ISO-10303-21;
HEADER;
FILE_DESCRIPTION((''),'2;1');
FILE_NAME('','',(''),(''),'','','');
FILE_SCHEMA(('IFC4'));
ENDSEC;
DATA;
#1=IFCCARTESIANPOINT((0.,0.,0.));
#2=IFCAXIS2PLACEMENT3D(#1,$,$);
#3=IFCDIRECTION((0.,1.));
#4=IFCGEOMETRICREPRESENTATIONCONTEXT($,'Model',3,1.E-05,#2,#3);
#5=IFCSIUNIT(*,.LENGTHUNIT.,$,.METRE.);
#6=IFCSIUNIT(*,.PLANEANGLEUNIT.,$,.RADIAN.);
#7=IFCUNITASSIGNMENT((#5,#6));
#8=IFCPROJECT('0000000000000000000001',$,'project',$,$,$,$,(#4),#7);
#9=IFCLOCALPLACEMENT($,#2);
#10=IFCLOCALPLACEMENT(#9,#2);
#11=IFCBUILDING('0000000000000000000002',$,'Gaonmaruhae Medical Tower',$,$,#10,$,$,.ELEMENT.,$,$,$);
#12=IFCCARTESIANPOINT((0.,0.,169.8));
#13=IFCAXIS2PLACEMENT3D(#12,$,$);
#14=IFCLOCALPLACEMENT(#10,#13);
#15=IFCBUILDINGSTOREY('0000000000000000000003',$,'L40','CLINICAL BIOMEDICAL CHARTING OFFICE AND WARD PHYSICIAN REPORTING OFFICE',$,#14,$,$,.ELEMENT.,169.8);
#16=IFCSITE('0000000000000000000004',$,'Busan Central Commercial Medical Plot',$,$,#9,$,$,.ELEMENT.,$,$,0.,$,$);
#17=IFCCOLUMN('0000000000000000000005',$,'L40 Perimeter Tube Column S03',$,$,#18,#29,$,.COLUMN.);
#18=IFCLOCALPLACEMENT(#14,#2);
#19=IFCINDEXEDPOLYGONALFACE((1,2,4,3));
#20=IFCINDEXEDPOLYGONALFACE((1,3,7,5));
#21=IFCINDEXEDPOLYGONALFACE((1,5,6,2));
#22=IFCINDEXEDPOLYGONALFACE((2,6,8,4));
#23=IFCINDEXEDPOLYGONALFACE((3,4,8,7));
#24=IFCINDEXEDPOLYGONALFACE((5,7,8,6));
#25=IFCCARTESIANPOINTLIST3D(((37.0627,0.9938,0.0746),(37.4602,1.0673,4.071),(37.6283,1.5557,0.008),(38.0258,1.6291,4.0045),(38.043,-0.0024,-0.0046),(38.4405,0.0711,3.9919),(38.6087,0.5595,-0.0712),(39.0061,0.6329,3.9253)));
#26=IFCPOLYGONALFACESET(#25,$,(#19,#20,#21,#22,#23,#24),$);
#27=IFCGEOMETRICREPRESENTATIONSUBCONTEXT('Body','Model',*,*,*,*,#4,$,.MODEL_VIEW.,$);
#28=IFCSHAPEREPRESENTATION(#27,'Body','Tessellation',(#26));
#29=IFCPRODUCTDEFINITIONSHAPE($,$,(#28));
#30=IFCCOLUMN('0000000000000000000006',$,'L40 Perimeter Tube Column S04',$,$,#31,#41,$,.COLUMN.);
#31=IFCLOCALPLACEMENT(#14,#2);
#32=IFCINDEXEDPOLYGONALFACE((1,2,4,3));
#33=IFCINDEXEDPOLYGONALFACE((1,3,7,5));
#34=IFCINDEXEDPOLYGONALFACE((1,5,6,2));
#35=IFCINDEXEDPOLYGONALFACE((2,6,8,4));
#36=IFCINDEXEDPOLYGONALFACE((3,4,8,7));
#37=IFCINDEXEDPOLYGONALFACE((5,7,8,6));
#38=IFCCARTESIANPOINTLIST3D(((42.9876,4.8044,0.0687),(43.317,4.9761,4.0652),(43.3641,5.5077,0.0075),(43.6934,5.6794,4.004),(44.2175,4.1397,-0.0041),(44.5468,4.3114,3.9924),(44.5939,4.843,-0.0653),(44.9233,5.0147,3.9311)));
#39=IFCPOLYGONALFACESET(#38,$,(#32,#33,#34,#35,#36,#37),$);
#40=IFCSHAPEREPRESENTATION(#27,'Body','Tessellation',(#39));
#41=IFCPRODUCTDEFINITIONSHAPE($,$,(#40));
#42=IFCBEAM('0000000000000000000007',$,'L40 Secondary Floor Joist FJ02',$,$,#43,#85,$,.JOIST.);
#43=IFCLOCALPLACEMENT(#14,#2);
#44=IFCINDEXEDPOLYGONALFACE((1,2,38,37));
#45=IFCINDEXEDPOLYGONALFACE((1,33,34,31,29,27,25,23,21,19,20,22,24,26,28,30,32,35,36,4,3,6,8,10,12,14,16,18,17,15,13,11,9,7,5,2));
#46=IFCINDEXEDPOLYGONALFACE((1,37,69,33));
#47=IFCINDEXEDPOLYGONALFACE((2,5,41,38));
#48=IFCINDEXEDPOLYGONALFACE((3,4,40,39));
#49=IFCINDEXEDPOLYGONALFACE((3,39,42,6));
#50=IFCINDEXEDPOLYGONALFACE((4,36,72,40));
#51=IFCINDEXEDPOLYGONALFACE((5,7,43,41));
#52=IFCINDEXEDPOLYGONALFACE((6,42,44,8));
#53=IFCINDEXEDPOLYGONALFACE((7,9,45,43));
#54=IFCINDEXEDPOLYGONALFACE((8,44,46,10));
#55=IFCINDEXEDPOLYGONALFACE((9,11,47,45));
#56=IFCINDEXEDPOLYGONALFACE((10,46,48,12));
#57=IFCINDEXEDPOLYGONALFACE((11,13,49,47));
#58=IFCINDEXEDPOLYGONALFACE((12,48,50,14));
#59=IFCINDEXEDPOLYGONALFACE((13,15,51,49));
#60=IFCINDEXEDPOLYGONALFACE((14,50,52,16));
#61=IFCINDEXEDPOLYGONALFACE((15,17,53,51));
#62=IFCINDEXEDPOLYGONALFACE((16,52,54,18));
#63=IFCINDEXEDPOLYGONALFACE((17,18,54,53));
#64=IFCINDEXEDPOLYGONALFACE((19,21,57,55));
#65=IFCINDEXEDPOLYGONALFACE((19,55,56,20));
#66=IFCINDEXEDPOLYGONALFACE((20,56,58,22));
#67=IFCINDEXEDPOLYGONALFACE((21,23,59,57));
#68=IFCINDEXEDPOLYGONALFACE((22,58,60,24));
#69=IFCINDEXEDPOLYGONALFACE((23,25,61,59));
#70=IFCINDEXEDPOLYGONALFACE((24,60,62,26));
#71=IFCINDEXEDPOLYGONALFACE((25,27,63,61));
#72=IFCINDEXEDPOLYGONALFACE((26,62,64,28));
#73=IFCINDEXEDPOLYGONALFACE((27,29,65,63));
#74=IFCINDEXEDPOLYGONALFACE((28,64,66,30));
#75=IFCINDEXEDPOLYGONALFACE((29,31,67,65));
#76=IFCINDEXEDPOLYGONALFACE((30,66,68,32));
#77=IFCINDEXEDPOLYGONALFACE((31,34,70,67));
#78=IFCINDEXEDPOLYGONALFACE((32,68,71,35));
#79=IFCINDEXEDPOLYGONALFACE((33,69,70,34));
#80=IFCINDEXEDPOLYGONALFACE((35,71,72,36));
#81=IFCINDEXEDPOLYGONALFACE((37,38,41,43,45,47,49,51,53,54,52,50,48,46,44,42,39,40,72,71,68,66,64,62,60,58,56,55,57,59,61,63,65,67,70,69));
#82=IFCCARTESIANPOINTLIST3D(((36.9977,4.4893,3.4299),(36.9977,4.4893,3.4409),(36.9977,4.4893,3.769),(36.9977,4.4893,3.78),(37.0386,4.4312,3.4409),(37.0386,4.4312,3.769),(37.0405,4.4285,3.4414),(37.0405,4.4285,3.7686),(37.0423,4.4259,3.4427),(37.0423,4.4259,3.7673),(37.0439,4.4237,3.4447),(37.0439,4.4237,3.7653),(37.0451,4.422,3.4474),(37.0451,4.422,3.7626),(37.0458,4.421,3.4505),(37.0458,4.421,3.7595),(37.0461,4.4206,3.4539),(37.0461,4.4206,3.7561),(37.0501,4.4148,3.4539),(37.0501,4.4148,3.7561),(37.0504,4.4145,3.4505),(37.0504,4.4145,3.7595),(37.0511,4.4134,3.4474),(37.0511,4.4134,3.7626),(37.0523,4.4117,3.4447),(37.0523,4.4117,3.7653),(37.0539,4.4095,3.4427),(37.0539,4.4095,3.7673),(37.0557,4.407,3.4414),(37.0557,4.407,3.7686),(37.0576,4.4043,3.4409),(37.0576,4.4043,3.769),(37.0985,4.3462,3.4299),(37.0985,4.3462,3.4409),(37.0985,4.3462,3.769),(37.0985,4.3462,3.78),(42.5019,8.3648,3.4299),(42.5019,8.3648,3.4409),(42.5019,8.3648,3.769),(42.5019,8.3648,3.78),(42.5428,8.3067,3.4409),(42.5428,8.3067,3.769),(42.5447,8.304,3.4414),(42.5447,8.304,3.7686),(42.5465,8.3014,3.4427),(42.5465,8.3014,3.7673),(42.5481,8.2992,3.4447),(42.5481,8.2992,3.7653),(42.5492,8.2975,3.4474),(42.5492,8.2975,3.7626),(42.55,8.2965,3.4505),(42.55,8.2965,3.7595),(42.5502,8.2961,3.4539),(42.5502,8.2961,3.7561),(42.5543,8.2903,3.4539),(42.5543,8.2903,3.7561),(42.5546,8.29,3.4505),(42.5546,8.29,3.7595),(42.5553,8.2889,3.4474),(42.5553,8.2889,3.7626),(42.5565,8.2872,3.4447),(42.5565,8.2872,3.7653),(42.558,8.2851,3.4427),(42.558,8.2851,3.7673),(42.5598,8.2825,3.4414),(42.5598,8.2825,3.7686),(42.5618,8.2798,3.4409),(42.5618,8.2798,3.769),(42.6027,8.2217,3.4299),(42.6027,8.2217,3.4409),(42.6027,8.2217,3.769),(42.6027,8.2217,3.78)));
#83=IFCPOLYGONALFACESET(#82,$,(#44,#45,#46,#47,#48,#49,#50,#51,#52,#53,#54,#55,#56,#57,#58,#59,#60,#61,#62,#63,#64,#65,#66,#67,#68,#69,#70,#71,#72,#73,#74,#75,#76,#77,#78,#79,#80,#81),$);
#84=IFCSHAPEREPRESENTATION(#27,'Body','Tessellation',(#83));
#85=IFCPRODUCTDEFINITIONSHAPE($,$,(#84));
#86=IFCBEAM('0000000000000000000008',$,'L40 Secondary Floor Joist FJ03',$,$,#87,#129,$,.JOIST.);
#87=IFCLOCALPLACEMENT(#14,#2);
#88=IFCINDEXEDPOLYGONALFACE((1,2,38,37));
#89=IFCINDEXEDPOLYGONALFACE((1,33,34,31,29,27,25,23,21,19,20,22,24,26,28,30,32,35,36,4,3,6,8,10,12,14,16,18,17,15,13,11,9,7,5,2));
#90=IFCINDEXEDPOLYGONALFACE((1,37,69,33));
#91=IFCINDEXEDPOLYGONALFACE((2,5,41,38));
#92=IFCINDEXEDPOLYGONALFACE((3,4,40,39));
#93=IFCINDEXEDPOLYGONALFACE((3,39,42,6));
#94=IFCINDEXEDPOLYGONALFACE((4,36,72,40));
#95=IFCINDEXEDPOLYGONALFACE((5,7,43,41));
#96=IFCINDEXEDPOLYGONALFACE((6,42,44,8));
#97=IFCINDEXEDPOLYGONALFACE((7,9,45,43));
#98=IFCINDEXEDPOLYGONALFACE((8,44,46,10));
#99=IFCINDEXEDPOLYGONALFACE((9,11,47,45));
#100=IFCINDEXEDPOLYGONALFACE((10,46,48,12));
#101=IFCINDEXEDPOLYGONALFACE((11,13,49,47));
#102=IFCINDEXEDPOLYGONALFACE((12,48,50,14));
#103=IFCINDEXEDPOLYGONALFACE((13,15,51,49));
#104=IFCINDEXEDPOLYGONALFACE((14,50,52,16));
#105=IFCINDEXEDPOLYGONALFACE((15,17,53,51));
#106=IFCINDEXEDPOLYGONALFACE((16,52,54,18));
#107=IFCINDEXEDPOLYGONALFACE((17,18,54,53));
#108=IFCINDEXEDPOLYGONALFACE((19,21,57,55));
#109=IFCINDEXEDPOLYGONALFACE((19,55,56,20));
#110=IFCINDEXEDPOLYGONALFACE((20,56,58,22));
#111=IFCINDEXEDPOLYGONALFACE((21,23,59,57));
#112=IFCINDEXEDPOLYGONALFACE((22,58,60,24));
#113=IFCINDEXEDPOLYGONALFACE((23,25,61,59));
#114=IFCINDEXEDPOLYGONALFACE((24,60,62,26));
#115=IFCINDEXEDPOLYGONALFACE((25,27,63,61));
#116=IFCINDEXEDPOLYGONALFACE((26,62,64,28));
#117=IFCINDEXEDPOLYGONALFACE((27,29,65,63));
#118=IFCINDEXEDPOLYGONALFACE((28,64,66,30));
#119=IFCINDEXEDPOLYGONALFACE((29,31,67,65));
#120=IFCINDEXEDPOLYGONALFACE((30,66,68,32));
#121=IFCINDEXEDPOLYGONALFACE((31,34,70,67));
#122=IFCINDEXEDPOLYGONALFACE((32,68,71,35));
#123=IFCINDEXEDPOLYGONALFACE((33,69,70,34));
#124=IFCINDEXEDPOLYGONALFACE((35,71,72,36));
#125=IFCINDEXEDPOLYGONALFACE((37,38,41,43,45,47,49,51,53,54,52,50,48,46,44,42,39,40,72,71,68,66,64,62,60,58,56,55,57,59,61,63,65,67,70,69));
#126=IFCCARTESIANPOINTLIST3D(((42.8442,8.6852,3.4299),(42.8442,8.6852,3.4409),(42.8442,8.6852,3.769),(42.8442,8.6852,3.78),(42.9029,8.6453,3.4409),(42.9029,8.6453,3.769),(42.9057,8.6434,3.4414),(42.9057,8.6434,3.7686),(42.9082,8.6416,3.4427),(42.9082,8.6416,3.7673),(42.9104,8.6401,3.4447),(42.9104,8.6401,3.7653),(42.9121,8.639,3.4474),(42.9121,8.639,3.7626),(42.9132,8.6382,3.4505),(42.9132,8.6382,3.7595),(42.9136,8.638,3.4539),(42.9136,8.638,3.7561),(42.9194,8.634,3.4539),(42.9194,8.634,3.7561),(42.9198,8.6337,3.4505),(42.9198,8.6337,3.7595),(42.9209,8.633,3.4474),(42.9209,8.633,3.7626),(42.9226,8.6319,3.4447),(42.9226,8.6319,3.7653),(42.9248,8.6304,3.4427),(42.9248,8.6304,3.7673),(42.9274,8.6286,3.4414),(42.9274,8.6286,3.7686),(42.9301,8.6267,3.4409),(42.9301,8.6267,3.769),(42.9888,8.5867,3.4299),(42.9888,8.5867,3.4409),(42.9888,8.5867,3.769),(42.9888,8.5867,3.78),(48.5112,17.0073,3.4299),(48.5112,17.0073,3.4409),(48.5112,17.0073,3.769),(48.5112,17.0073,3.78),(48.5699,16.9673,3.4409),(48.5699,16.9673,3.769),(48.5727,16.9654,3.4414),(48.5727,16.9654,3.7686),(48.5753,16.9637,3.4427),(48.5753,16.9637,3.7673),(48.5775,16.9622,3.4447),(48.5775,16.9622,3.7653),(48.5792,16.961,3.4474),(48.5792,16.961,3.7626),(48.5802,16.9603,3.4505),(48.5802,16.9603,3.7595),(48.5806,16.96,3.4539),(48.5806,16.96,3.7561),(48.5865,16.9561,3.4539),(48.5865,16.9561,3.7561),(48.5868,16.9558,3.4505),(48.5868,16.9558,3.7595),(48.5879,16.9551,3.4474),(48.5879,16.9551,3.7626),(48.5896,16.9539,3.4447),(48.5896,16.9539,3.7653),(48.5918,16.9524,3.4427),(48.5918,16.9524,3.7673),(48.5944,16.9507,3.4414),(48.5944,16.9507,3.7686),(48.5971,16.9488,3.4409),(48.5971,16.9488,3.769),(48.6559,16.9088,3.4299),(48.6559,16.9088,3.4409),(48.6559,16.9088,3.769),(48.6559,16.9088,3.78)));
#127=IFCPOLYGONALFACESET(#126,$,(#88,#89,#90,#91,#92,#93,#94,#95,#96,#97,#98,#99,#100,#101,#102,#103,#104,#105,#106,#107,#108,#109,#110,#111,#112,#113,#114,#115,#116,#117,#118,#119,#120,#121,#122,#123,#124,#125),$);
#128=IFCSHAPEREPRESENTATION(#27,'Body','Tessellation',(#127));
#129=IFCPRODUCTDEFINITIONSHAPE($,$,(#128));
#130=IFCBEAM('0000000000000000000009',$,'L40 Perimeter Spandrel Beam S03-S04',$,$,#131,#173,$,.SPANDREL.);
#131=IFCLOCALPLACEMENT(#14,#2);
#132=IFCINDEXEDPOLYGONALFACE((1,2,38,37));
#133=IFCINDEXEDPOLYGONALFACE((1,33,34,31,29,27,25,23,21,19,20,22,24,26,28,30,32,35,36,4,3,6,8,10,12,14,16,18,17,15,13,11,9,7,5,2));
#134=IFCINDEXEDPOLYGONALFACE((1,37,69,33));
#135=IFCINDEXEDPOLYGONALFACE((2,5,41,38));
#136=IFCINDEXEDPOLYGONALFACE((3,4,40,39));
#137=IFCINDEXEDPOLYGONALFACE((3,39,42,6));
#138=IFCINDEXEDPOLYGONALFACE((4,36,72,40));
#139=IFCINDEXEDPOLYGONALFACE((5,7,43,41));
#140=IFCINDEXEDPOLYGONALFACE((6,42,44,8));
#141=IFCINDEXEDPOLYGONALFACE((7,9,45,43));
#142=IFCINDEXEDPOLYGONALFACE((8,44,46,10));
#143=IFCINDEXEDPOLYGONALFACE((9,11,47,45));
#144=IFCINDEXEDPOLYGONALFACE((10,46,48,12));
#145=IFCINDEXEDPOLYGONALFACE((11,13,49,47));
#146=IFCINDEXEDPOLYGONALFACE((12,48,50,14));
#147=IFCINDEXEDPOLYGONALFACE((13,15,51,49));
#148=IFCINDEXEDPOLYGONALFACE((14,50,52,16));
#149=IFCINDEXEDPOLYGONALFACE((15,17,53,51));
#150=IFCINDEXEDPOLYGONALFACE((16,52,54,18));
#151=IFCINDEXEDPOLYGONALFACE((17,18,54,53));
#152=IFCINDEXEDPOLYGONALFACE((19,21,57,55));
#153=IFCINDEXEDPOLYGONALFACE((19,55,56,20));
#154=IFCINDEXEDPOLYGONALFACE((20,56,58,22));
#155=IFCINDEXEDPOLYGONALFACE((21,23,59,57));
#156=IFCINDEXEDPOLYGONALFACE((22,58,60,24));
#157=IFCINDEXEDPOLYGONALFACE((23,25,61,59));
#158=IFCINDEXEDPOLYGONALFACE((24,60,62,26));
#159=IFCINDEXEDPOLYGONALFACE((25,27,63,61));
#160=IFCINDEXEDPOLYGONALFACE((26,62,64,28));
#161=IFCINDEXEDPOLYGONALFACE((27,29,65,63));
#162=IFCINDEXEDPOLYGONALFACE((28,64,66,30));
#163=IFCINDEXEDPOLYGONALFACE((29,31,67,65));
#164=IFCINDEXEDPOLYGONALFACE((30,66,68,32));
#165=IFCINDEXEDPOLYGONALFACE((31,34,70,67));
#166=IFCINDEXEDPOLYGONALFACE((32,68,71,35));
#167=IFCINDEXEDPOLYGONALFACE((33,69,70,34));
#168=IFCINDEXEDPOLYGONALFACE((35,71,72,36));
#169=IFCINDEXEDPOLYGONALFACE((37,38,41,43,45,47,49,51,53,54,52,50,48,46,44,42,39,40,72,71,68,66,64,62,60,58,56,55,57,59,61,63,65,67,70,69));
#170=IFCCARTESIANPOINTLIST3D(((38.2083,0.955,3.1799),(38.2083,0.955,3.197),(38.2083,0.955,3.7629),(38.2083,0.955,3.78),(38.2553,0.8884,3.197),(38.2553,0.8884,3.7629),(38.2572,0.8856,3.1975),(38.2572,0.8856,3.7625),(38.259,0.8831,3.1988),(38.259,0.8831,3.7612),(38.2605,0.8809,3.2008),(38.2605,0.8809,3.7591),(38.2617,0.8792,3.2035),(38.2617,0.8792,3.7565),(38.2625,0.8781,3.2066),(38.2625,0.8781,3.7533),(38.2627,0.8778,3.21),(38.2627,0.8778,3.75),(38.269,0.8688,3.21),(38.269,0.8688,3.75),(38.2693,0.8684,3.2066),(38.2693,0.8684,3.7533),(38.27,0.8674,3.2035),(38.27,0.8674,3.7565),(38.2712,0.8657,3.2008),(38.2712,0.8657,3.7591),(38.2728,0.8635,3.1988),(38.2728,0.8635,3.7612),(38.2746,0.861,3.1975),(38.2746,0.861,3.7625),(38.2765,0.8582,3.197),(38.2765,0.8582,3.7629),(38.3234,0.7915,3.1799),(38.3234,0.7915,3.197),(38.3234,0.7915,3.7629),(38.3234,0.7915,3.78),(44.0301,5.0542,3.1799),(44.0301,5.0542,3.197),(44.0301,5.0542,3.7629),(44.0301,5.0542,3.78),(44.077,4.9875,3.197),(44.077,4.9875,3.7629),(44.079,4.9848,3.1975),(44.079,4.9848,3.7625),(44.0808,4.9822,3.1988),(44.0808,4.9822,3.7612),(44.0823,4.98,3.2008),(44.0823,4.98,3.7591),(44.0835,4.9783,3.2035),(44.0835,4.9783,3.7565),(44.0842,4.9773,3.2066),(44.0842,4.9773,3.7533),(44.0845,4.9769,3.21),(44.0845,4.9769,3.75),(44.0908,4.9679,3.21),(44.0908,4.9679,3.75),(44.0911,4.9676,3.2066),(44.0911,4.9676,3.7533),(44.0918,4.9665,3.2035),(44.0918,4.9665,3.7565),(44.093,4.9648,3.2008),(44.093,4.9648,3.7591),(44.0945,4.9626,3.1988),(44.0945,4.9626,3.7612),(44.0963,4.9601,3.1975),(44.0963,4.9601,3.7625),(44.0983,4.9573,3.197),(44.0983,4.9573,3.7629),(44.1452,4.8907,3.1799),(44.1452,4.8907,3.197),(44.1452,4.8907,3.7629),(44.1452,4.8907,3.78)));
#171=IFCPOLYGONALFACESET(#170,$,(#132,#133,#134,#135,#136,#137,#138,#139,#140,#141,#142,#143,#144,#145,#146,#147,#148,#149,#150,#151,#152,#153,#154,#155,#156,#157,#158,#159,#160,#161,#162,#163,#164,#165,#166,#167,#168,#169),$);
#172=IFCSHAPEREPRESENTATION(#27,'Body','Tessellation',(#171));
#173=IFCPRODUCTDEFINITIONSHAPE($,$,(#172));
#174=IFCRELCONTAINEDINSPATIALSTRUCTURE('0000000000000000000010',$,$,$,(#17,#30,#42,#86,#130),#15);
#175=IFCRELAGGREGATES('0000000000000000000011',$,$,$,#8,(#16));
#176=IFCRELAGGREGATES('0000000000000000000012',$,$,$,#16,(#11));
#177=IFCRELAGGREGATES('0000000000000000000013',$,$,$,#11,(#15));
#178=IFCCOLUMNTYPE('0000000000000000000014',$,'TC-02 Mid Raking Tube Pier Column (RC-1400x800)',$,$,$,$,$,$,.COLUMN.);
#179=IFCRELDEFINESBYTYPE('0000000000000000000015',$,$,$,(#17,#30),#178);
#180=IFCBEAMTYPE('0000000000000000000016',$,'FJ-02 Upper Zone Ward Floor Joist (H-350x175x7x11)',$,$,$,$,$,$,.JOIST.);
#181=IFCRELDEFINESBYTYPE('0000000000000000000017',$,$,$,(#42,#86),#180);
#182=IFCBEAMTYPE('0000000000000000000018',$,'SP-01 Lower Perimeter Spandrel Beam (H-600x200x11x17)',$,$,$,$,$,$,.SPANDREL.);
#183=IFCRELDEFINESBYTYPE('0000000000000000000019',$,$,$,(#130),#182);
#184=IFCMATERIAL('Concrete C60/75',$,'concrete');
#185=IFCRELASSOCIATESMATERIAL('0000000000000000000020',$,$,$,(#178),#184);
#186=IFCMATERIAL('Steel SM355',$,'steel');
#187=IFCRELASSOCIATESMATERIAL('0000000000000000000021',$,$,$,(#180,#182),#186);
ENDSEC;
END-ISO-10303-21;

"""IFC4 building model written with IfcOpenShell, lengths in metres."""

from ifc_helpers import new_model, si_unit, direction, frame, origin, origin_2d, place, context, subcontext, project, spatial, rectangle, i_section, extrude, material, material_profile, profile_set, type_object, element, save


model = new_model("IFC4")

# Units and contexts
model_context = context("Model", 3, precision=1e-05, world=origin(), true_north=direction((0.0, 1.0)))
body_context = subcontext(model_context, "Body", "Model", "MODEL_VIEW")
ifc_project = project(units=[si_unit("LENGTHUNIT", "METRE"), si_unit("PLANEANGLEUNIT", "RADIAN")], contexts=[model_context])

# Site, building, storey
site_placement = place(None, origin())
site = spatial("IfcSite", under=ifc_project, at=site_placement, Name="Busan Central Commercial Medical Plot", CompositionType="ELEMENT", RefElevation=0.0)
building_placement = place(site_placement, origin())
building = spatial("IfcBuilding", under=site, at=building_placement, Name="Gaonmaruhae Medical Tower", CompositionType="ELEMENT")
storey_placement = place(building_placement, frame((0.0, 0.0, 169.8)))
storey = spatial("IfcBuildingStorey", under=building, at=storey_placement, Name="L40", Description="CLINICAL BIOMEDICAL CHARTING OFFICE AND WARD PHYSICIAN REPORTING OFFICE", CompositionType="ELEMENT", Elevation=169.8)

# Columns
ifc_material_1 = material(Name="Concrete C60/75", Category="concrete")
ifc_material_profile_1 = material_profile(ifc_material_1, rectangle(XDim=1.3999, YDim=0.8, at=origin_2d()), Name="RC-1400x800")
ifc_profile_set_1 = profile_set([ifc_material_profile_1], Name="Concrete C60/75")
column_type = type_object("IfcColumnType", Name="TC-02 Mid Raking Tube Pier Column (RC-1400x800)", PredefinedType="COLUMN", material=ifc_profile_set_1)
column_1_placement = place(storey_placement, frame((37.8357, 0.7766, 0.0017), z_axis=(0.098951, 0.018295, 0.994924), x_axis=(-0.70028, 0.711624, 0.056562)))
element("IfcColumn", 1, at=column_1_placement, inside=storey, type_object=column_type, Name="L40 Perimeter Tube Column S03", PredefinedType="COLUMN", context=body_context, shape_type="SweptSolid", body=[
    extrude(rectangle(XDim=1.3999, YDim=0.8, at=origin_2d()), origin(), (0.0, 0.0, 1.0), 4.0168),
])
column_2_placement = place(storey_placement, frame((43.7908, 4.8237, 0.0017), z_axis=(0.082058, 0.042763, 0.99571), x_axis=(-0.878547, 0.474815, 0.052011)))
element("IfcColumn", 2, at=column_2_placement, inside=storey, type_object=column_type, Name="L40 Perimeter Tube Column S04", PredefinedType="COLUMN", context=body_context, shape_type="SweptSolid", body=[
    extrude(rectangle(XDim=1.3999, YDim=0.8, at=origin_2d()), origin(), (0.0, 0.0, 1.0), 4.0137),
])

# Beams
ifc_material_2 = material(Name="Steel SM355", Category="steel")
ifc_material_profile_2 = material_profile(ifc_material_2, i_section(OverallWidth=0.175, OverallDepth=0.3501, WebThickness=0.0071, FlangeThickness=0.011, FilletRadius=0.0129, at=origin_2d()), Name="H-350x175x7x11")
ifc_profile_set_2 = profile_set([ifc_material_profile_2], Name="Steel SM355")
beam_type_1 = type_object("IfcBeamType", Name="FJ-02 Upper Zone Ward Floor Joist (H-350x175x7x11)", PredefinedType="JOIST", material=ifc_profile_set_2)
beam_1_placement = place(storey_placement, frame((37.0481, 4.4177, 3.605), z_axis=(0.817653, 0.575712, 0.0), x_axis=(-0.575712, 0.817653, 0.0)))
element("IfcBeam", 3, at=beam_1_placement, inside=storey, type_object=beam_type_1, Name="L40 Secondary Floor Joist FJ02", PredefinedType="JOIST", context=body_context, shape_type="SweptSolid", body=[
    extrude(i_section(OverallWidth=0.175, OverallDepth=0.3501, WebThickness=0.0071, FlangeThickness=0.011, FilletRadius=0.0129, at=origin_2d()), origin(), (0.0, 0.0, 1.0), 6.7317),
])
beam_2_placement = place(storey_placement, frame((42.9165, 8.636, 3.605), z_axis=(0.562854, 0.826556, 0.0), x_axis=(-0.826556, 0.562854, 0.0)))
element("IfcBeam", 4, at=beam_2_placement, inside=storey, type_object=beam_type_1, Name="L40 Secondary Floor Joist FJ03", PredefinedType="JOIST", context=body_context, shape_type="SweptSolid", body=[
    extrude(i_section(OverallWidth=0.175, OverallDepth=0.3501, WebThickness=0.0071, FlangeThickness=0.011, FilletRadius=0.0129, at=origin_2d()), origin(), (0.0, 0.0, 1.0), 10.0684),
])
ifc_material_profile_3 = material_profile(ifc_material_2, i_section(OverallWidth=0.2, OverallDepth=0.6001, WebThickness=0.011, FlangeThickness=0.0171, FilletRadius=0.0129, at=origin_2d()), Name="H-600x200x11x17")
ifc_profile_set_3 = profile_set([ifc_material_profile_3], Name="Steel SM355")
beam_type_2 = type_object("IfcBeamType", Name="SP-01 Lower Perimeter Spandrel Beam (H-600x200x11x17)", PredefinedType="SPANDREL", material=ifc_profile_set_3)
beam_3_placement = place(storey_placement, frame((38.2659, 0.8733, 3.48), z_axis=(0.817653, 0.575711, 0.0), x_axis=(-0.575711, 0.817653, 0.0)))
element("IfcBeam", 5, at=beam_3_placement, inside=storey, type_object=beam_type_2, Name="L40 Perimeter Spandrel Beam S03-S04", PredefinedType="SPANDREL", context=body_context, shape_type="SweptSolid", body=[
    extrude(i_section(OverallWidth=0.2, OverallDepth=0.6001, WebThickness=0.011, FlangeThickness=0.0171, FilletRadius=0.0129, at=origin_2d()), origin(), (0.0, 0.0, 1.0), 7.1201),
])

save(model, "model.ifc")
